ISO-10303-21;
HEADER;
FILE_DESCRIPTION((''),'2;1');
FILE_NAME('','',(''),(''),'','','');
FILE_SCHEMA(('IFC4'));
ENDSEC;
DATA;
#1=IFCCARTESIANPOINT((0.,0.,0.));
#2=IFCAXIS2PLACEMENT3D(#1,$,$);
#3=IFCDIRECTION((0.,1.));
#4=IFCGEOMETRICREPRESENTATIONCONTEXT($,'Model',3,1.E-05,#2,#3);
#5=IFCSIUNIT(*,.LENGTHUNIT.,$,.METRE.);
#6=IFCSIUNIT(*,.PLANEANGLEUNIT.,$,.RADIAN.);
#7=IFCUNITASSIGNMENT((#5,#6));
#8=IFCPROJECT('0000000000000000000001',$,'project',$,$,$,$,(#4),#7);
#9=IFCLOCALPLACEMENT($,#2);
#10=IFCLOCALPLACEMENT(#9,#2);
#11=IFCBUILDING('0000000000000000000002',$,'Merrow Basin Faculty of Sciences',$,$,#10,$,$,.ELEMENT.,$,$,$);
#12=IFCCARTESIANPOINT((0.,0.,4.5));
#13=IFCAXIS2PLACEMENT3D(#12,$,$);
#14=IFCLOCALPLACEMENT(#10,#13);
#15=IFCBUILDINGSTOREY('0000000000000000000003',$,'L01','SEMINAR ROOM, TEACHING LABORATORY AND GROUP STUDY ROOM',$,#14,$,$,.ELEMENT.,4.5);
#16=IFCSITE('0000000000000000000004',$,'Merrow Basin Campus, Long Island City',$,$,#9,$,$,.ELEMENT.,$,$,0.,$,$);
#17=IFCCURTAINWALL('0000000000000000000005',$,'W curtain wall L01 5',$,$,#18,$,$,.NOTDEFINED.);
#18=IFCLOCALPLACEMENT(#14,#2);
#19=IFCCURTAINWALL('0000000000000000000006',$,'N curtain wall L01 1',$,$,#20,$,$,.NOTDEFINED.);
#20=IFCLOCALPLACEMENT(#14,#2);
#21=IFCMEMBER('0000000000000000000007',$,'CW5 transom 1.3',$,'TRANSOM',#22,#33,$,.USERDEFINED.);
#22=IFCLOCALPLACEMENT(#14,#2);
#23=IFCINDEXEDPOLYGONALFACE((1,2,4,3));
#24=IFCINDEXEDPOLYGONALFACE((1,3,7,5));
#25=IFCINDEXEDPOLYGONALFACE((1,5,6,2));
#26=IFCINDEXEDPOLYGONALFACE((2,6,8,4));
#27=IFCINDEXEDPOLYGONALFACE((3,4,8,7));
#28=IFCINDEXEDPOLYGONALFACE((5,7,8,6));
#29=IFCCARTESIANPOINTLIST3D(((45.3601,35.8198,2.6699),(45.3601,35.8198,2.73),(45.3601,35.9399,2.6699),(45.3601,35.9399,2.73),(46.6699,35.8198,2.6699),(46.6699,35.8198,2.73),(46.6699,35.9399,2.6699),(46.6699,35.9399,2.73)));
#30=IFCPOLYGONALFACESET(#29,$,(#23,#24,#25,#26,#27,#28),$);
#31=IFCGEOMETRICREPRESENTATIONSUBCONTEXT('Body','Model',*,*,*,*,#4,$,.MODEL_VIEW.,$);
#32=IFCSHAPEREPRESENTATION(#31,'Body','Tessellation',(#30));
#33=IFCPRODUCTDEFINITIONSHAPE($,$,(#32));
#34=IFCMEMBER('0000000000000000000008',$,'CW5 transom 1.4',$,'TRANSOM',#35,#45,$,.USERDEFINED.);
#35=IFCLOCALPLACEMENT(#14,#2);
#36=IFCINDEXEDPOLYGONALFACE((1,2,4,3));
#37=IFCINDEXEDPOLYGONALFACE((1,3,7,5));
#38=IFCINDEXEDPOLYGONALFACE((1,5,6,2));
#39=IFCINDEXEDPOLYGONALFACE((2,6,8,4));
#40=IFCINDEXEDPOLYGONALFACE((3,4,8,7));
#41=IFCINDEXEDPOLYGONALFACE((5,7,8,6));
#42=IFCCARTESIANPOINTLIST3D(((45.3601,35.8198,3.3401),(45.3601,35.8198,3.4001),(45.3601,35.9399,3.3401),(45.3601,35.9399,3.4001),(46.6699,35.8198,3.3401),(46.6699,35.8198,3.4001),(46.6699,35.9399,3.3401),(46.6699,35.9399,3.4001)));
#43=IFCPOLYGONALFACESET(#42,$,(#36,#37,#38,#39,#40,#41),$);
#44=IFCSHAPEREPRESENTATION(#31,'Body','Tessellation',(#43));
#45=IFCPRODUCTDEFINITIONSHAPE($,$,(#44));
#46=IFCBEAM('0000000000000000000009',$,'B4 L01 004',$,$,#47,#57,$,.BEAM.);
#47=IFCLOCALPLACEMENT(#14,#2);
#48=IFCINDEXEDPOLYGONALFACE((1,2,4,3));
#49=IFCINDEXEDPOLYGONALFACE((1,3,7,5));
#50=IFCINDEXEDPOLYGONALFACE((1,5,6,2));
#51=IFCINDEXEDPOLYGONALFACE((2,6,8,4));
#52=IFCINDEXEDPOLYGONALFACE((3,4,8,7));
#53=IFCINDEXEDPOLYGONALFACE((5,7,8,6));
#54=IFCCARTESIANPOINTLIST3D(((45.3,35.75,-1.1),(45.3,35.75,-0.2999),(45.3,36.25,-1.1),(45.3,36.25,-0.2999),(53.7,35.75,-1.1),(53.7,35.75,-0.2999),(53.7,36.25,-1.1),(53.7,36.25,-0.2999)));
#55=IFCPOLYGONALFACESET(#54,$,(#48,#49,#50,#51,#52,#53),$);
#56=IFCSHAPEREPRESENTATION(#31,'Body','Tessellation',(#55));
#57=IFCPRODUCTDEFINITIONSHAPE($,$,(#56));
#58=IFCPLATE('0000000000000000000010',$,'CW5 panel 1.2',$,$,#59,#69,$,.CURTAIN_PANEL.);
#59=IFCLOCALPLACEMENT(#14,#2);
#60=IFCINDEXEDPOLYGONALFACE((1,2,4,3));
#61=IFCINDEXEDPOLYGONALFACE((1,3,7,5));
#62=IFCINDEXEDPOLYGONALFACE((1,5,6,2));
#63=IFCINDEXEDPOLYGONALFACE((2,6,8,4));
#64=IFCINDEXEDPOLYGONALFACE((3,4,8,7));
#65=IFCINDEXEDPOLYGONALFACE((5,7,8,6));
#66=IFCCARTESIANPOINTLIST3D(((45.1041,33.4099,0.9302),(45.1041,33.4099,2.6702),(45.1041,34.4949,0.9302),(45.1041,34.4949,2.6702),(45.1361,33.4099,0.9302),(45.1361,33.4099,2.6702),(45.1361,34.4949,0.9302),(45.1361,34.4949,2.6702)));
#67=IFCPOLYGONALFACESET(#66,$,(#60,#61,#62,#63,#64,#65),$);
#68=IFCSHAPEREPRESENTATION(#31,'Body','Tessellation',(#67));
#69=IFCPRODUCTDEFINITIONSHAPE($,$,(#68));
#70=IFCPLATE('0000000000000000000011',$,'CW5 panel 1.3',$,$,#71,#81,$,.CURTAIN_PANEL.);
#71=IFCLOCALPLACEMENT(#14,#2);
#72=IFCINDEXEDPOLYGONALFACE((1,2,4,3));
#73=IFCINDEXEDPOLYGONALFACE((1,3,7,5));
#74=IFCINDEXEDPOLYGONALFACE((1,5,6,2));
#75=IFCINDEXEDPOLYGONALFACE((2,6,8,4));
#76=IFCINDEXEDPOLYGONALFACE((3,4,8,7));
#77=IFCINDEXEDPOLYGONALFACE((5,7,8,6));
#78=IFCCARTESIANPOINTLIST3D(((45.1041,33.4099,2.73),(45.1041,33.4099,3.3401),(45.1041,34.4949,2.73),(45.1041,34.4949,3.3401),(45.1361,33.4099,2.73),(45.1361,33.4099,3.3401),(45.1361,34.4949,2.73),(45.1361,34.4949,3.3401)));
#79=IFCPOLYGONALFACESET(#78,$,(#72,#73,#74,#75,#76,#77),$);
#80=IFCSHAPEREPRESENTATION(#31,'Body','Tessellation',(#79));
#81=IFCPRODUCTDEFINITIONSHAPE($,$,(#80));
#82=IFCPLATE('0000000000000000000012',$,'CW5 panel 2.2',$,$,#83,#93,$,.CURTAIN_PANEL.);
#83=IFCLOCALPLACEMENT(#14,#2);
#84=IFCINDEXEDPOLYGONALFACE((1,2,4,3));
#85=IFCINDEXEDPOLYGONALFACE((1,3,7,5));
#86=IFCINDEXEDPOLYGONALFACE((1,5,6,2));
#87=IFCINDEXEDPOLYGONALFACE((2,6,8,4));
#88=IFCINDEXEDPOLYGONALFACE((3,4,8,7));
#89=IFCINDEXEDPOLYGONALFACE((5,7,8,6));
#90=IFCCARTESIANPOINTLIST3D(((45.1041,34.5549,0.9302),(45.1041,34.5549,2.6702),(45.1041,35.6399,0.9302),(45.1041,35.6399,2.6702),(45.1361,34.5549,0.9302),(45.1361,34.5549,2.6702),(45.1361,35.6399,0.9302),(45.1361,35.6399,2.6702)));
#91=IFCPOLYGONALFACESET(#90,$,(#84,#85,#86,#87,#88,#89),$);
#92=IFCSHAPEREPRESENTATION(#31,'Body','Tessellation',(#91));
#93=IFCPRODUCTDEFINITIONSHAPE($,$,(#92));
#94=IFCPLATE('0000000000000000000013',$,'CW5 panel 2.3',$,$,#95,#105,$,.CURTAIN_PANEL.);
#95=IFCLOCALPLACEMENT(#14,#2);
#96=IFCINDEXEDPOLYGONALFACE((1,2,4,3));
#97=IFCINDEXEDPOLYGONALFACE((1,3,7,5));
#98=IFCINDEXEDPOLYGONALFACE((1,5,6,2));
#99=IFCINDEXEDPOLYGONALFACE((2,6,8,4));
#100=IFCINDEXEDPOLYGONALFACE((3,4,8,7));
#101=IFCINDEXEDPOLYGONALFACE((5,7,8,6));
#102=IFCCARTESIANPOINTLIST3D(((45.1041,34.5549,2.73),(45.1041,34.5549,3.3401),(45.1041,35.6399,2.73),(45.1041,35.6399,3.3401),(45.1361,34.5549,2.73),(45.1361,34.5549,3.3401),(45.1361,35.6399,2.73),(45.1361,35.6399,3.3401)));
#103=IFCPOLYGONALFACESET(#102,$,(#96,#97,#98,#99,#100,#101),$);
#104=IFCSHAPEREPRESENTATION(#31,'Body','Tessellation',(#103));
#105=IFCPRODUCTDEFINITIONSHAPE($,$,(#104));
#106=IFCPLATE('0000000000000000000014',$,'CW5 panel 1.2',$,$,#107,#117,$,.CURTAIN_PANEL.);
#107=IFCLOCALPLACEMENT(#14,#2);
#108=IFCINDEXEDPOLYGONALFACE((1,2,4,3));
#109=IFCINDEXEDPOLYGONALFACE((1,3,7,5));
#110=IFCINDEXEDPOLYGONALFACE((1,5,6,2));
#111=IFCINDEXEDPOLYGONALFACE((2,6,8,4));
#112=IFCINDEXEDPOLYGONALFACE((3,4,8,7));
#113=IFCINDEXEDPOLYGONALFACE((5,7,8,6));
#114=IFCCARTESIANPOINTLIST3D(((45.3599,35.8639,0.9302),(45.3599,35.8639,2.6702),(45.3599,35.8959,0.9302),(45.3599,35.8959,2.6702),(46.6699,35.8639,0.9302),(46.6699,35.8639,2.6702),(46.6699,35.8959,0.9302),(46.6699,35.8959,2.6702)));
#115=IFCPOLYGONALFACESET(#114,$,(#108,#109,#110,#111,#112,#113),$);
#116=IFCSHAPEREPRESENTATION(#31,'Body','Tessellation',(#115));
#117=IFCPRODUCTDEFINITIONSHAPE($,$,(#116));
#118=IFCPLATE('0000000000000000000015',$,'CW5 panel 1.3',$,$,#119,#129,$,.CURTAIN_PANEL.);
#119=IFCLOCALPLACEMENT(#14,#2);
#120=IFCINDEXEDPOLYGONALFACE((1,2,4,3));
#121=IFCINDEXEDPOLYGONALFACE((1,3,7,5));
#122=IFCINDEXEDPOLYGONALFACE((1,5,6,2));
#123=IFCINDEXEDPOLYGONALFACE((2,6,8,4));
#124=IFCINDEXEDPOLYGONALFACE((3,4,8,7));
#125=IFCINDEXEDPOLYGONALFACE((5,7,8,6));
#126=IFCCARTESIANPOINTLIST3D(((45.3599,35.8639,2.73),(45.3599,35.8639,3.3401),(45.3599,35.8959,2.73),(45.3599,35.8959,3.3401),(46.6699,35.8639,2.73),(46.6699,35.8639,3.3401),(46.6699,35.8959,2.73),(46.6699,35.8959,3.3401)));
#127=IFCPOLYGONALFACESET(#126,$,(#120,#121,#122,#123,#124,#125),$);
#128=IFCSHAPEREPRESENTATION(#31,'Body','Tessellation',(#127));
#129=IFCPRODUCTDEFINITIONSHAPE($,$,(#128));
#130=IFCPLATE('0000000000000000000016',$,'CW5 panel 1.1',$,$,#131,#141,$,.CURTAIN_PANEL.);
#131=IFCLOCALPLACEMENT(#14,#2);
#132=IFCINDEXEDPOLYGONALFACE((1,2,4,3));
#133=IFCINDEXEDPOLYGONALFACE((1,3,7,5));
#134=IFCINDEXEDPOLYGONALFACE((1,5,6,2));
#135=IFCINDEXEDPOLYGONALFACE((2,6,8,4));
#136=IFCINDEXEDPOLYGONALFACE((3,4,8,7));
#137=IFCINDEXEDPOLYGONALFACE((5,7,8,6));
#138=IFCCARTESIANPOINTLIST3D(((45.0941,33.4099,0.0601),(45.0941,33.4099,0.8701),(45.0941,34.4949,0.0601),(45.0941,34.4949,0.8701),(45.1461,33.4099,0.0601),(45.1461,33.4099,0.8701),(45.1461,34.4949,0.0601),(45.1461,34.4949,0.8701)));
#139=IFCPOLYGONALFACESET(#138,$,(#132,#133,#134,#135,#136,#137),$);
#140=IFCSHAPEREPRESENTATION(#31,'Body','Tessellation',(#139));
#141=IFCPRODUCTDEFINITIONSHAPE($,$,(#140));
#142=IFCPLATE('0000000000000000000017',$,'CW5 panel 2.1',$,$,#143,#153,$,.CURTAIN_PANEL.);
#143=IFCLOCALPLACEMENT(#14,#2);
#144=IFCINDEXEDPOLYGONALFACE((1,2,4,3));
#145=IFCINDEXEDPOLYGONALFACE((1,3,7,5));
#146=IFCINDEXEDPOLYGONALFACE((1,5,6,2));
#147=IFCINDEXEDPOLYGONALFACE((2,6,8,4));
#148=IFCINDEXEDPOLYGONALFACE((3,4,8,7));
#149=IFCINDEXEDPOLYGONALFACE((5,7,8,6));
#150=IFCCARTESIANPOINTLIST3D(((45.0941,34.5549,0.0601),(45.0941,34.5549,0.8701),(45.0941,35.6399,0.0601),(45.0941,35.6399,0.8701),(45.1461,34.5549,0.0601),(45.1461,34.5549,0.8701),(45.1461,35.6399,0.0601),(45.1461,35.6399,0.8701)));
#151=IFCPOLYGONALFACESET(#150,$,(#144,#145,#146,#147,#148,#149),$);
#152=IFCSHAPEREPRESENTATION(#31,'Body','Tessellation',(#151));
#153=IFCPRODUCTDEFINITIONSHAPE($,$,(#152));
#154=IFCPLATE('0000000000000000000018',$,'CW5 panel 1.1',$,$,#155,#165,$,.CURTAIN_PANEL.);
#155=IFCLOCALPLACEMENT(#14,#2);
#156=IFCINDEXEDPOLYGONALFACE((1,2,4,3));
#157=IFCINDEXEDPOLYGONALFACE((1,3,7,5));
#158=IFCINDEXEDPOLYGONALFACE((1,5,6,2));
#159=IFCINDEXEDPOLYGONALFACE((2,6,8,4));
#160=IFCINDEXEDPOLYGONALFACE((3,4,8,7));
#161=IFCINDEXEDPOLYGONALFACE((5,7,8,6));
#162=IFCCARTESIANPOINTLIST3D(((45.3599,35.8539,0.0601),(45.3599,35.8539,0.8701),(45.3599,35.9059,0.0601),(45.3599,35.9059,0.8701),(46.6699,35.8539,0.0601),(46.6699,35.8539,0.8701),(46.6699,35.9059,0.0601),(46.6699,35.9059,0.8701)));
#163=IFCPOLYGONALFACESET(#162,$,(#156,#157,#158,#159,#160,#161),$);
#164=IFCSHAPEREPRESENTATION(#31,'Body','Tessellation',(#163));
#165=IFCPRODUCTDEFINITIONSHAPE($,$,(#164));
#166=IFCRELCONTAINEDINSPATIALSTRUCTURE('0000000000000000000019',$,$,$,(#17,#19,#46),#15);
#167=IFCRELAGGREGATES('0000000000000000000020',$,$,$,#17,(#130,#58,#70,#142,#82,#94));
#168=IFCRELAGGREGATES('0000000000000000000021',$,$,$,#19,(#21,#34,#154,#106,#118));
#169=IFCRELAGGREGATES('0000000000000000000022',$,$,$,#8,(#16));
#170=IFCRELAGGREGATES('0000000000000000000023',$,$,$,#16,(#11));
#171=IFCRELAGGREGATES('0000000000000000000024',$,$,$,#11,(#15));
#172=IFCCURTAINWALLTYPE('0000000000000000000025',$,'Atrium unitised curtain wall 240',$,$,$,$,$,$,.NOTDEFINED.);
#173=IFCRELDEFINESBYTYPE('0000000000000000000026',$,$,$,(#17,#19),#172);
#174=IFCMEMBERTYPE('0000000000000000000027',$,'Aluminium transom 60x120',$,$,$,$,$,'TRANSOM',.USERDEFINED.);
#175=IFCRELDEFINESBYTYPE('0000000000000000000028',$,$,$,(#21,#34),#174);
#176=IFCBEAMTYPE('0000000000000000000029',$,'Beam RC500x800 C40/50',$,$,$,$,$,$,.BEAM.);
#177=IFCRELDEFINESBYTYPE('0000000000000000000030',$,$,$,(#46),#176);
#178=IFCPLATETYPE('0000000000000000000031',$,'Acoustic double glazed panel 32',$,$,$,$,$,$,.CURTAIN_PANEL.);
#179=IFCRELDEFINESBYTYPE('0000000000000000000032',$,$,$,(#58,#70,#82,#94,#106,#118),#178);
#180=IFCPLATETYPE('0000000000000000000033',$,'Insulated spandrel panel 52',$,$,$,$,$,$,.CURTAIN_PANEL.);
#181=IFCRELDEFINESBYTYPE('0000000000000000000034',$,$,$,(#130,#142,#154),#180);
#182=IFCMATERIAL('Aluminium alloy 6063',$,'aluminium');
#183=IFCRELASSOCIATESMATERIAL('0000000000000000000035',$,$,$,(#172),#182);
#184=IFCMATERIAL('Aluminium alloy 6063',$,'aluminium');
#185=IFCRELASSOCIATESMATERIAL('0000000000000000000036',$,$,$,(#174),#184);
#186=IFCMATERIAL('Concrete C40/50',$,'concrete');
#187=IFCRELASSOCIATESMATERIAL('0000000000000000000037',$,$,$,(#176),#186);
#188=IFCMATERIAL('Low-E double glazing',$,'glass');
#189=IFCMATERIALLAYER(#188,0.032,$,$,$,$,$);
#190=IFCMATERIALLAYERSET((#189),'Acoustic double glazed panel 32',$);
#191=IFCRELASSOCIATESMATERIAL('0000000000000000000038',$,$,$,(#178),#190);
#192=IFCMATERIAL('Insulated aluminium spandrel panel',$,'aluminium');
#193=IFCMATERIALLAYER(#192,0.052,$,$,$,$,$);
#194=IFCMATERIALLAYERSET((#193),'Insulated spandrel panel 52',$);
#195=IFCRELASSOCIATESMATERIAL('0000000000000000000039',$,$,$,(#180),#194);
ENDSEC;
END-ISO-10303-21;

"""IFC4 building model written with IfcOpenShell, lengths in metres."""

from ifc_helpers import new_model, si_unit, direction, frame, origin, origin_2d, place, context, subcontext, project, spatial, rectangle, extrude, material, layer, layer_set, material_profile, profile_set, type_object, element, aggregate, save


model = new_model("IFC4")

# Units and contexts
model_context = context("Model", 3, precision=1e-05, world=origin(), true_north=direction((0.0, 1.0)))
body_context = subcontext(model_context, "Body", "Model", "MODEL_VIEW")
ifc_project = project(units=[si_unit("LENGTHUNIT", "METRE"), si_unit("PLANEANGLEUNIT", "RADIAN")], contexts=[model_context])

# Site, building, storey
site_placement = place(None, origin())
site = spatial("IfcSite", under=ifc_project, at=site_placement, Name="Merrow Basin Campus, Long Island City", CompositionType="ELEMENT", RefElevation=0.0)
building_placement = place(site_placement, origin())
building = spatial("IfcBuilding", under=site, at=building_placement, Name="Merrow Basin Faculty of Sciences", CompositionType="ELEMENT")
storey_placement = place(building_placement, frame((0.0, 0.0, 4.5)))
storey = spatial("IfcBuildingStorey", under=building, at=storey_placement, Name="L01", Description="SEMINAR ROOM, TEACHING LABORATORY AND GROUP STUDY ROOM", CompositionType="ELEMENT", Elevation=4.5)

# Shared definitions
ifc_material_1 = material(Name="Aluminium alloy 6063", Category="aluminium")
curtain_wall_type = type_object("IfcCurtainWallType", Name="Atrium unitised curtain wall 240", PredefinedType="NOTDEFINED", material=ifc_material_1)

# Curtain wall
curtain_wall_1_placement = place(storey_placement, origin())
curtain_wall_1 = element("IfcCurtainWall", 1, at=curtain_wall_1_placement, inside=storey, type_object=curtain_wall_type, Name="W curtain wall L01 5", PredefinedType="NOTDEFINED")

# Curtain wall
curtain_wall_2_placement = place(storey_placement, origin())
curtain_wall_2 = element("IfcCurtainWall", 2, at=curtain_wall_2_placement, inside=storey, type_object=curtain_wall_type, Name="N curtain wall L01 1", PredefinedType="NOTDEFINED")

# Members
ifc_material_2 = material(Name="Aluminium alloy 6063", Category="aluminium")
ifc_material_profile_1 = material_profile(ifc_material_2, rectangle(XDim=0.1201, YDim=0.0601, at=origin_2d()))
ifc_profile_set_1 = profile_set([ifc_material_profile_1], Name="Aluminium alloy 6063")
member_type_1 = type_object("IfcMemberType", Name="Aluminium transom 60x120", ElementType="TRANSOM", PredefinedType="USERDEFINED", material=ifc_profile_set_1)
member_1_placement = place(storey_placement, frame((45.3601, 35.8799, 2.7), z_axis=(1.0, 0.0, 0.0), x_axis=(0.0, 1.0, 0.0)))
member_1 = element("IfcMember", 3, at=member_1_placement, type_object=member_type_1, Name="CW5 transom 1.3", ObjectType="TRANSOM", PredefinedType="USERDEFINED", context=body_context, shape_type="SweptSolid", body=[
    extrude(rectangle(XDim=0.1201, YDim=0.0601, at=origin_2d()), origin(), (0.0, 0.0, 1.0), 1.3098),
])
member_2_placement = place(storey_placement, frame((45.3601, 35.8799, 3.3701), z_axis=(1.0, 0.0, 0.0), x_axis=(0.0, 1.0, 0.0)))
member_2 = element("IfcMember", 4, at=member_2_placement, type_object=member_type_1, Name="CW5 transom 1.4", ObjectType="TRANSOM", PredefinedType="USERDEFINED", context=body_context, shape_type="SweptSolid", body=[
    extrude(rectangle(XDim=0.1201, YDim=0.0601, at=origin_2d()), origin(), (0.0, 0.0, 1.0), 1.3098),
])

# Beam
ifc_material_3 = material(Name="Concrete C40/50", Category="concrete")
ifc_material_profile_2 = material_profile(ifc_material_3, rectangle(XDim=0.5, YDim=0.8, at=origin_2d()))
ifc_profile_set_2 = profile_set([ifc_material_profile_2], Name="Concrete C40/50")
beam_type = type_object("IfcBeamType", Name="Beam RC500x800 C40/50", PredefinedType="BEAM", material=ifc_profile_set_2)
beam_placement = place(storey_placement, frame((45.3, 36.0, -0.7), z_axis=(1.0, 0.0, 0.0), x_axis=(0.0, 1.0, 0.0)))
element("IfcBeam", 5, at=beam_placement, inside=storey, type_object=beam_type, Name="B4 L01 004", PredefinedType="BEAM", context=body_context, shape_type="SweptSolid", body=[
    extrude(rectangle(XDim=0.5, YDim=0.8, at=origin_2d()), origin(), (0.0, 0.0, 1.0), 8.3999),
])

# Plates
ifc_material_4 = material(Name="Low-E double glazing", Category="glass")
ifc_layer_1 = layer(ifc_material_4, 0.032)
ifc_layer_set_1 = layer_set([ifc_layer_1], Name="Acoustic double glazed panel 32")
plate_type_1 = type_object("IfcPlateType", Name="Acoustic double glazed panel 32", PredefinedType="CURTAIN_PANEL", material=ifc_layer_set_1)
plate_1_placement = place(storey_placement, frame((45.1201, 33.9524, 0.9302), z_axis=(0.0, 0.0, 1.0), x_axis=(0.0, 1.0, 0.0)))
plate_1 = element("IfcPlate", 6, at=plate_1_placement, type_object=plate_type_1, Name="CW5 panel 1.2", PredefinedType="CURTAIN_PANEL", context=body_context, shape_type="SweptSolid", body=[
    extrude(rectangle(XDim=1.085, YDim=0.032, at=origin_2d()), origin(), (0.0, 0.0, 1.0), 1.74),
])
plate_2_placement = place(storey_placement, frame((45.1201, 33.9524, 2.73), z_axis=(0.0, 0.0, 1.0), x_axis=(0.0, 1.0, 0.0)))
plate_2 = element("IfcPlate", 7, at=plate_2_placement, type_object=plate_type_1, Name="CW5 panel 1.3", PredefinedType="CURTAIN_PANEL", context=body_context, shape_type="SweptSolid", body=[
    extrude(rectangle(XDim=1.085, YDim=0.032, at=origin_2d()), origin(), (0.0, 0.0, 1.0), 0.6101),
])
plate_3_placement = place(storey_placement, frame((45.1201, 35.0974, 0.9302), z_axis=(0.0, 0.0, 1.0), x_axis=(0.0, 1.0, 0.0)))
plate_3 = element("IfcPlate", 8, at=plate_3_placement, type_object=plate_type_1, Name="CW5 panel 2.2", PredefinedType="CURTAIN_PANEL", context=body_context, shape_type="SweptSolid", body=[
    extrude(rectangle(XDim=1.085, YDim=0.032, at=origin_2d()), origin(), (0.0, 0.0, 1.0), 1.74),
])
plate_4_placement = place(storey_placement, frame((45.1201, 35.0974, 2.73), z_axis=(0.0, 0.0, 1.0), x_axis=(0.0, 1.0, 0.0)))
plate_4 = element("IfcPlate", 9, at=plate_4_placement, type_object=plate_type_1, Name="CW5 panel 2.3", PredefinedType="CURTAIN_PANEL", context=body_context, shape_type="SweptSolid", body=[
    extrude(rectangle(XDim=1.085, YDim=0.032, at=origin_2d()), origin(), (0.0, 0.0, 1.0), 0.6101),
])
plate_5_placement = place(storey_placement, frame((46.0149, 35.8799, 0.9302), z_axis=(0.0, 0.0, 1.0), x_axis=(1.0, 0.0, 0.0)))
plate_5 = element("IfcPlate", 10, at=plate_5_placement, type_object=plate_type_1, Name="CW5 panel 1.2", PredefinedType="CURTAIN_PANEL", context=body_context, shape_type="SweptSolid", body=[
    extrude(rectangle(XDim=1.3101, YDim=0.032, at=origin_2d()), origin(), (0.0, 0.0, 1.0), 1.74),
])
plate_6_placement = place(storey_placement, frame((46.0149, 35.8799, 2.73), z_axis=(0.0, 0.0, 1.0), x_axis=(1.0, 0.0, 0.0)))
plate_6 = element("IfcPlate", 11, at=plate_6_placement, type_object=plate_type_1, Name="CW5 panel 1.3", PredefinedType="CURTAIN_PANEL", context=body_context, shape_type="SweptSolid", body=[
    extrude(rectangle(XDim=1.3101, YDim=0.032, at=origin_2d()), origin(), (0.0, 0.0, 1.0), 0.6101),
])
ifc_material_5 = material(Name="Insulated aluminium spandrel panel", Category="aluminium")
ifc_layer_2 = layer(ifc_material_5, 0.052)
ifc_layer_set_2 = layer_set([ifc_layer_2], Name="Insulated spandrel panel 52")
plate_type_2 = type_object("IfcPlateType", Name="Insulated spandrel panel 52", PredefinedType="CURTAIN_PANEL", material=ifc_layer_set_2)
plate_7_placement = place(storey_placement, frame((45.1201, 33.9524, 0.0601), z_axis=(0.0, 0.0, 1.0), x_axis=(0.0, 1.0, 0.0)))
plate_7 = element("IfcPlate", 12, at=plate_7_placement, type_object=plate_type_2, Name="CW5 panel 1.1", PredefinedType="CURTAIN_PANEL", context=body_context, shape_type="SweptSolid", body=[
    extrude(rectangle(XDim=1.085, YDim=0.052, at=origin_2d()), origin(), (0.0, 0.0, 1.0), 0.8101),
])
plate_8_placement = place(storey_placement, frame((45.1201, 35.0974, 0.0601), z_axis=(0.0, 0.0, 1.0), x_axis=(0.0, 1.0, 0.0)))
plate_8 = element("IfcPlate", 13, at=plate_8_placement, type_object=plate_type_2, Name="CW5 panel 2.1", PredefinedType="CURTAIN_PANEL", context=body_context, shape_type="SweptSolid", body=[
    extrude(rectangle(XDim=1.085, YDim=0.052, at=origin_2d()), origin(), (0.0, 0.0, 1.0), 0.8101),
])
aggregate(curtain_wall_1, [plate_7, plate_1, plate_2, plate_8, plate_3, plate_4])
plate_9_placement = place(storey_placement, frame((46.0149, 35.8799, 0.0601), z_axis=(0.0, 0.0, 1.0), x_axis=(1.0, 0.0, 0.0)))
plate_9 = element("IfcPlate", 14, at=plate_9_placement, type_object=plate_type_2, Name="CW5 panel 1.1", PredefinedType="CURTAIN_PANEL", context=body_context, shape_type="SweptSolid", body=[
    extrude(rectangle(XDim=1.3101, YDim=0.052, at=origin_2d()), origin(), (0.0, 0.0, 1.0), 0.8101),
])
aggregate(curtain_wall_2, [member_1, member_2, plate_9, plate_5, plate_6])

save(model, "model.ifc")
